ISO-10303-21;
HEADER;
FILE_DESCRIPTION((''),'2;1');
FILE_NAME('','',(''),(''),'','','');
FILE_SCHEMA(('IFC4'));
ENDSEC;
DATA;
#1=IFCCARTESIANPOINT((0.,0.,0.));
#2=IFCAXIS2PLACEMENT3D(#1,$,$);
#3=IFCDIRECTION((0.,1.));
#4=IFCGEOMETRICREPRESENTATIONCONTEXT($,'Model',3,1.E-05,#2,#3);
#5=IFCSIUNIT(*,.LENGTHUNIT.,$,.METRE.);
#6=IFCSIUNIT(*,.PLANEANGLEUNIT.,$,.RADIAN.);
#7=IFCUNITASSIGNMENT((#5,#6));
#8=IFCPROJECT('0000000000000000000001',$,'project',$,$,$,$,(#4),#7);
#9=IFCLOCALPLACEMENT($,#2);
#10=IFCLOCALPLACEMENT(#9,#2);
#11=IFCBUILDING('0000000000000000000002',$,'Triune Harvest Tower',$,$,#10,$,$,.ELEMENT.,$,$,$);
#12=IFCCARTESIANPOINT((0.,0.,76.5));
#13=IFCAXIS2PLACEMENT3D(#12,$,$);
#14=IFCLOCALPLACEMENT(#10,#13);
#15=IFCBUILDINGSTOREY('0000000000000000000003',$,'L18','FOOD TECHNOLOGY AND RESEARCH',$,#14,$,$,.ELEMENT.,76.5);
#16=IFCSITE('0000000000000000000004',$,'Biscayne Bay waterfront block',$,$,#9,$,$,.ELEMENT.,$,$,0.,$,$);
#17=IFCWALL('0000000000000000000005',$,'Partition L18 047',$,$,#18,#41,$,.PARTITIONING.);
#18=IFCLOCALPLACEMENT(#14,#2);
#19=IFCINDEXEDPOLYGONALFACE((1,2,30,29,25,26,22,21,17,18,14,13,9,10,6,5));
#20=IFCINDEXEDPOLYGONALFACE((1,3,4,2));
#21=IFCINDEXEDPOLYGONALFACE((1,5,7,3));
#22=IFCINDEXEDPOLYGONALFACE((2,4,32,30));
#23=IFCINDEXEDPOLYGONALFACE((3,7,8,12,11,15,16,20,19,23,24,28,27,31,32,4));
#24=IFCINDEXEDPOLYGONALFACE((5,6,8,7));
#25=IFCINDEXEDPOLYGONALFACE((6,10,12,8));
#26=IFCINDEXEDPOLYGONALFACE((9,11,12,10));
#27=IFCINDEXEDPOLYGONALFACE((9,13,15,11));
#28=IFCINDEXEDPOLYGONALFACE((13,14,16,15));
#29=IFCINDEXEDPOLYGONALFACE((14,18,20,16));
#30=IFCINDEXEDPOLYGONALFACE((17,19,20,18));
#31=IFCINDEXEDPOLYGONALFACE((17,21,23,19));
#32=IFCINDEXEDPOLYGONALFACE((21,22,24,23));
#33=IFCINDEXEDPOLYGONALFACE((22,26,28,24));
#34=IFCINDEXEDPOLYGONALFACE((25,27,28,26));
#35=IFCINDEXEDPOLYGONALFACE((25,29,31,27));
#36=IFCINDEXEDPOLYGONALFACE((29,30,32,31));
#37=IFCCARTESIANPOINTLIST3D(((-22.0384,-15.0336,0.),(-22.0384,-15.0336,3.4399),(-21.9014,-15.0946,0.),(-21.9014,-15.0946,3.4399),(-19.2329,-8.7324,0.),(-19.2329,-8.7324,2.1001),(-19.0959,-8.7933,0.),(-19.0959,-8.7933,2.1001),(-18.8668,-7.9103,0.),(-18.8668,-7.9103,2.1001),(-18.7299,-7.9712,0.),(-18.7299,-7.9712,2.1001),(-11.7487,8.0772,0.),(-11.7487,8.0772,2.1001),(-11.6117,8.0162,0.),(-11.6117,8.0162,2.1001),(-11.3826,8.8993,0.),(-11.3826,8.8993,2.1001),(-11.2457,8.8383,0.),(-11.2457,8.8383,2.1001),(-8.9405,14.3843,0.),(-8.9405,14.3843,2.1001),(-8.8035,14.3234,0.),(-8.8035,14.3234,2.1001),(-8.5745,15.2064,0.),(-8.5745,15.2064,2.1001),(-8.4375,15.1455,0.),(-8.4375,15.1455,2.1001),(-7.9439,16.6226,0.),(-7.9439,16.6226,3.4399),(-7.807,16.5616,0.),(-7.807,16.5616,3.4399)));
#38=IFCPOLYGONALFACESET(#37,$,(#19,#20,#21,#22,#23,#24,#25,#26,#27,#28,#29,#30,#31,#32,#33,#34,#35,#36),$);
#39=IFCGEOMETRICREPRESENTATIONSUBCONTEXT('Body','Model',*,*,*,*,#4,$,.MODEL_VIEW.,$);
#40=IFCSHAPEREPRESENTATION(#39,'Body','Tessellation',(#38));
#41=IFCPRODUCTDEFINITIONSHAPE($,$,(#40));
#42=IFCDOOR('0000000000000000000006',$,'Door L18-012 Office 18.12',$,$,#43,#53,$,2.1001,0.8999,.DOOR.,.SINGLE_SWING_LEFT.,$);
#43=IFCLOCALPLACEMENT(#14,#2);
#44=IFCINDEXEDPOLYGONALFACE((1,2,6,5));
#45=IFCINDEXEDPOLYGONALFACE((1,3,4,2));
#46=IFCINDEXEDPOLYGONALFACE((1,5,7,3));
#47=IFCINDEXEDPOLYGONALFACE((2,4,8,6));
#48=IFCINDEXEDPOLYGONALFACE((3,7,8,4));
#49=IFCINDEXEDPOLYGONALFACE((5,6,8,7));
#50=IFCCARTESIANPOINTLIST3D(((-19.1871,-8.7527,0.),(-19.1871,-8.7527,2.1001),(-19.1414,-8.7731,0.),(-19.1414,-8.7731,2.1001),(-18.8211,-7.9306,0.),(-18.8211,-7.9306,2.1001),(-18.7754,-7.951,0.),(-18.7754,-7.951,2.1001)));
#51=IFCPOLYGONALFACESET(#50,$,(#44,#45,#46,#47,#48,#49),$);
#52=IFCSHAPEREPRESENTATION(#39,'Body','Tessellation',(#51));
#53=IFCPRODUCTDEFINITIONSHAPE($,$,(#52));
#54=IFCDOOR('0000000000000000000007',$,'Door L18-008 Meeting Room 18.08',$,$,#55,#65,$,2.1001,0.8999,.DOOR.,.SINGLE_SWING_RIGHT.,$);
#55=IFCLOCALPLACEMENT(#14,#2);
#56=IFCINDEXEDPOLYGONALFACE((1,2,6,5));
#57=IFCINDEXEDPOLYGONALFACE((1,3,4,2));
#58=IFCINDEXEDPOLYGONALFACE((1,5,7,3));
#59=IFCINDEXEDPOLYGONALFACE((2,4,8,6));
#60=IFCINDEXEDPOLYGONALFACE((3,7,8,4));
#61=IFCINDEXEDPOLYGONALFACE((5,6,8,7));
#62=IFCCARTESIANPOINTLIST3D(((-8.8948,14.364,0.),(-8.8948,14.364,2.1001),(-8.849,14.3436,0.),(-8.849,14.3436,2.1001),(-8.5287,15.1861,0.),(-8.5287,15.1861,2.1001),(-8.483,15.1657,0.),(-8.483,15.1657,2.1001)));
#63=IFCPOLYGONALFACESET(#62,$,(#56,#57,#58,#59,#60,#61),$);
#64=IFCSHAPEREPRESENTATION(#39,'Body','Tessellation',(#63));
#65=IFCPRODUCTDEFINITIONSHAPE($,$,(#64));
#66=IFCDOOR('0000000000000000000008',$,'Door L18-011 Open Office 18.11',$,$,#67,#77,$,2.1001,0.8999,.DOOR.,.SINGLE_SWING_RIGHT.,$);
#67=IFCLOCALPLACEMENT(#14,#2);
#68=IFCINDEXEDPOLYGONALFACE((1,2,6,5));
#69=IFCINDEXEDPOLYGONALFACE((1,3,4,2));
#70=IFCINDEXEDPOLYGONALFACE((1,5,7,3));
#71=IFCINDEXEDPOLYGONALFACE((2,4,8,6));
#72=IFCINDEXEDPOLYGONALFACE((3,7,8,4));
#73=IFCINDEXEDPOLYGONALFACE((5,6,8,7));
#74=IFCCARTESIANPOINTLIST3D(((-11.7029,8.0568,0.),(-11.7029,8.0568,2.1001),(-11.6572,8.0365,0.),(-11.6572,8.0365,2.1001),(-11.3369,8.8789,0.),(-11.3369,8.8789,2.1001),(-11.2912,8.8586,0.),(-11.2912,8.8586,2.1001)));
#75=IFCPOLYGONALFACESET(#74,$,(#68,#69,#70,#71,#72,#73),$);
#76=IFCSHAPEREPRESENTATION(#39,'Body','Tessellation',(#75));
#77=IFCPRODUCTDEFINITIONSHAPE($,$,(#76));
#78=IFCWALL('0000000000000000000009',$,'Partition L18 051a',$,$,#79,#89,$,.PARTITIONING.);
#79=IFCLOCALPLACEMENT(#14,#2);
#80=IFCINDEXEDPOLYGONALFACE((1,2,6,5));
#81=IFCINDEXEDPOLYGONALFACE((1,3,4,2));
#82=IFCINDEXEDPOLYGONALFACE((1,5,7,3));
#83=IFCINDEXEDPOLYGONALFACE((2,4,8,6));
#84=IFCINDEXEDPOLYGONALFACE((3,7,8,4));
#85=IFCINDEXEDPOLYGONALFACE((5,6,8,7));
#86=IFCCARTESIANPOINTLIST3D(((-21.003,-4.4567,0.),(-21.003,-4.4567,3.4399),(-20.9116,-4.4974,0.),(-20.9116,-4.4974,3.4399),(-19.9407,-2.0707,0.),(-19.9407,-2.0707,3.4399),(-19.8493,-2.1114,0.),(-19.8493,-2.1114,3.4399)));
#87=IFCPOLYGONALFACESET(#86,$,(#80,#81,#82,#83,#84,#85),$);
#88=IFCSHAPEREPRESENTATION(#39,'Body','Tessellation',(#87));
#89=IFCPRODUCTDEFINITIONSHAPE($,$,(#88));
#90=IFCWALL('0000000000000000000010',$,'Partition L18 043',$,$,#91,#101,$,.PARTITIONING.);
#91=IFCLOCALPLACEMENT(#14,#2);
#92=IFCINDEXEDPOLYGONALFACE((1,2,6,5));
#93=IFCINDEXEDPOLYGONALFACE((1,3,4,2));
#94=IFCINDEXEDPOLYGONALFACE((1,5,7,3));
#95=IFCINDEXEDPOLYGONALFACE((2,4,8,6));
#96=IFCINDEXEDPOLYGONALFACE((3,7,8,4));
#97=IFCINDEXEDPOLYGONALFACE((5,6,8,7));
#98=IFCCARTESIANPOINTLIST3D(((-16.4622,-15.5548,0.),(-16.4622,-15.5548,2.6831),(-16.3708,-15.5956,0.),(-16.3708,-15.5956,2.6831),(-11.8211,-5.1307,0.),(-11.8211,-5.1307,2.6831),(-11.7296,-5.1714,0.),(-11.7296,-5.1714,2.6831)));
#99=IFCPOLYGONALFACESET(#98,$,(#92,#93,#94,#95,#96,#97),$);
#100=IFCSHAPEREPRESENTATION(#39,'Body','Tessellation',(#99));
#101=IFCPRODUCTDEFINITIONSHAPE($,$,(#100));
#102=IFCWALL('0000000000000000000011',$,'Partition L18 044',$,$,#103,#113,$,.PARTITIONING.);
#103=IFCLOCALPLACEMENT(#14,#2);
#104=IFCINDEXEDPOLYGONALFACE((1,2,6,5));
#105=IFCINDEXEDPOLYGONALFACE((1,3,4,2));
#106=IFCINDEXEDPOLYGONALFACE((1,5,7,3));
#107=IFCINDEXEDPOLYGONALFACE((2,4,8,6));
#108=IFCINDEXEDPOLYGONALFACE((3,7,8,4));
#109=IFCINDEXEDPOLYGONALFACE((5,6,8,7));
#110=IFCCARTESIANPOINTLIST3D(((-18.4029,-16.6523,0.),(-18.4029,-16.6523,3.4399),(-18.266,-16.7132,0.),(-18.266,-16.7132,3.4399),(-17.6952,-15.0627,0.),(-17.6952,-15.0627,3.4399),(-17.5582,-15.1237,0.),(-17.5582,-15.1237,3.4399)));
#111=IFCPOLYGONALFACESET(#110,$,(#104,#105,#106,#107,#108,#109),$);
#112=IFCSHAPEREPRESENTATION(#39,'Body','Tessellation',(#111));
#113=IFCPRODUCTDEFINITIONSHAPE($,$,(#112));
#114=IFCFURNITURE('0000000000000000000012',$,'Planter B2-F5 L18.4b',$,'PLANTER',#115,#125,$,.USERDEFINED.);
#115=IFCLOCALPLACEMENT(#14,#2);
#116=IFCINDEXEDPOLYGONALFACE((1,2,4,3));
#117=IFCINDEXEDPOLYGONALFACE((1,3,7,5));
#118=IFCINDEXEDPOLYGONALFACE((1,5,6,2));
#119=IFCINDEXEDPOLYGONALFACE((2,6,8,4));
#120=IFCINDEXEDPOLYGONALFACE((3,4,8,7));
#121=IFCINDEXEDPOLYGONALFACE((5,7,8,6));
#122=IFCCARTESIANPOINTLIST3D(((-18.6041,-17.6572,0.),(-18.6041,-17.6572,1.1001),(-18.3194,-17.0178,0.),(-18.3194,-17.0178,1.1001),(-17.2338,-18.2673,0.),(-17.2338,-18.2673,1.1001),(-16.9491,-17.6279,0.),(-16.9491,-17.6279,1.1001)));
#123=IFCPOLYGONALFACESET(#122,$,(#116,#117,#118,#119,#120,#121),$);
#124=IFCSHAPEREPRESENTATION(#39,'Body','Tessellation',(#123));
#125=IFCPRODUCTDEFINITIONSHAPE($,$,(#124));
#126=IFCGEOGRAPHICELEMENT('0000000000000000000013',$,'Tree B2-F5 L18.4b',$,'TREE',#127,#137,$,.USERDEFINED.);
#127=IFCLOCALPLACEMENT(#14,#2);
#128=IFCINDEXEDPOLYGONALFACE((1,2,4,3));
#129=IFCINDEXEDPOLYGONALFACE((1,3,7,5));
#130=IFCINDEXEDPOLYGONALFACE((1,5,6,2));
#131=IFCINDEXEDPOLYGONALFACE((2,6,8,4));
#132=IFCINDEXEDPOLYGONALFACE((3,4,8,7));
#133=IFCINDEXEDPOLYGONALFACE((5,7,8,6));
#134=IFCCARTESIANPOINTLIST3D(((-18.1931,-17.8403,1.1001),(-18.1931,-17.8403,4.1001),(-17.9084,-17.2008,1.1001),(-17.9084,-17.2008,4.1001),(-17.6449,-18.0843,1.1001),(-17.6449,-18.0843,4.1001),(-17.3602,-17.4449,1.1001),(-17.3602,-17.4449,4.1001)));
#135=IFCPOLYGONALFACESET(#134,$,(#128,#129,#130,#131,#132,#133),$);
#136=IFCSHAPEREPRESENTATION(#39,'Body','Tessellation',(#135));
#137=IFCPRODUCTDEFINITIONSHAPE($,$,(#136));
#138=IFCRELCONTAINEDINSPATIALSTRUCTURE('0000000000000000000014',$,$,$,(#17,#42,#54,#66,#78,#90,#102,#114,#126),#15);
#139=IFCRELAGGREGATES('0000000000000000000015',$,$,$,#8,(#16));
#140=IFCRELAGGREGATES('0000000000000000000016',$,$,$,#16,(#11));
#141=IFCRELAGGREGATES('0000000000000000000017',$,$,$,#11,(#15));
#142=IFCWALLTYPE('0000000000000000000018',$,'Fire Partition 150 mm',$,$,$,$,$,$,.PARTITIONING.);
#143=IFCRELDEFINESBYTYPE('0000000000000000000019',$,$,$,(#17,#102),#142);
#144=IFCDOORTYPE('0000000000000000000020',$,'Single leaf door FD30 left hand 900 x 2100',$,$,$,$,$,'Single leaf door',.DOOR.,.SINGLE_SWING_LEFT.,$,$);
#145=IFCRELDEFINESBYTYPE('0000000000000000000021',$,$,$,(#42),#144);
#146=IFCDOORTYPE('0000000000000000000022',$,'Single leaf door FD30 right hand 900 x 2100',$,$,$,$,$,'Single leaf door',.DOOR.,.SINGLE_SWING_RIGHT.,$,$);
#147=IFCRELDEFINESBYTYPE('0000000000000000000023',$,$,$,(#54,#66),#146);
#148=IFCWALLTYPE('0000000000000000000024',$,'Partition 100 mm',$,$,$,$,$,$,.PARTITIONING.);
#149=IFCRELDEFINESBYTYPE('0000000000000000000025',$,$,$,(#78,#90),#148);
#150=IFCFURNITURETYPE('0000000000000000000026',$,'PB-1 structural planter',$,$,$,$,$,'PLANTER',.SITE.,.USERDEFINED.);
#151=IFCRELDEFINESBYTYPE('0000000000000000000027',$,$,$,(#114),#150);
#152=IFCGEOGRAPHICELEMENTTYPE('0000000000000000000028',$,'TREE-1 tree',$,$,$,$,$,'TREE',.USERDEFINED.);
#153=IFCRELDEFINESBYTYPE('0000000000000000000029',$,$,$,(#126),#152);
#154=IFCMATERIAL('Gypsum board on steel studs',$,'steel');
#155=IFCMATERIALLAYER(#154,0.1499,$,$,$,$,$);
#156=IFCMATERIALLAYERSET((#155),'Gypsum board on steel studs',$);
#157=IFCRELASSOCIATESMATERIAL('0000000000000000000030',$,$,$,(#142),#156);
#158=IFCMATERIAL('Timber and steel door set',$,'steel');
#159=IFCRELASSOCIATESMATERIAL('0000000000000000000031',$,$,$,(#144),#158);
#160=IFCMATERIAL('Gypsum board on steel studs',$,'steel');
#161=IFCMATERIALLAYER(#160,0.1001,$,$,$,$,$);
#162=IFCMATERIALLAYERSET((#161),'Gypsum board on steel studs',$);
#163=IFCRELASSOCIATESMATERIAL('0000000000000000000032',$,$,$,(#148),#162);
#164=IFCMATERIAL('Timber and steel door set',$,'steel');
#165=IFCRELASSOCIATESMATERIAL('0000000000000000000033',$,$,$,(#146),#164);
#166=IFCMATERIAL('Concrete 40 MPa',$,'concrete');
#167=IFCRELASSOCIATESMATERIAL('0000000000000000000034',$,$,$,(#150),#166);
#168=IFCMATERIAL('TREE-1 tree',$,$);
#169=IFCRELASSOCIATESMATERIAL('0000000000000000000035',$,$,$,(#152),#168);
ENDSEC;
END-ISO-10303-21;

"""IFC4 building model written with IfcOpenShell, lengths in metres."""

from ifc_helpers import new_model, si_unit, direction, frame, frame_2d, origin, origin_2d, place, context, subcontext, project, spatial, rectangle, extrude, source, transform, mapped, material, layer, layer_set, type_object, element, fill, save


model = new_model("IFC4")

# Units and contexts
model_context = context("Model", 3, precision=1e-05, world=origin(), true_north=direction((0.0, 1.0)))
body_context = subcontext(model_context, "Body", "Model", "MODEL_VIEW")
ifc_project = project(units=[si_unit("LENGTHUNIT", "METRE"), si_unit("PLANEANGLEUNIT", "RADIAN")], contexts=[model_context])

# Site, building, storey
site_placement = place(None, origin())
site = spatial("IfcSite", under=ifc_project, at=site_placement, Name="Biscayne Bay waterfront block", CompositionType="ELEMENT", RefElevation=0.0)
building_placement = place(site_placement, origin())
building = spatial("IfcBuilding", under=site, at=building_placement, Name="Triune Harvest Tower", CompositionType="ELEMENT")
storey_placement = place(building_placement, frame((0.0, 0.0, 76.5)))
storey = spatial("IfcBuildingStorey", under=building, at=storey_placement, Name="L18", Description="FOOD TECHNOLOGY AND RESEARCH", CompositionType="ELEMENT", Elevation=76.5)

# Shared definitions
ifc_material_1 = material(Name="Gypsum board on steel studs", Category="steel")
ifc_layer_1 = layer(ifc_material_1, 0.1499)
ifc_layer_set_1 = layer_set([ifc_layer_1], Name="Gypsum board on steel studs")
wall_type_1 = type_object("IfcWallType", Name="Fire Partition 150 mm", PredefinedType="PARTITIONING", material=ifc_layer_set_1)

# Shared definitions
ifc_material_2 = material(Name="Timber and steel door set", Category="steel")
door_type_1 = type_object("IfcDoorType", Name="Single leaf door FD30 left hand 900 x 2100", ElementType="Single leaf door", OperationType="SINGLE_SWING_LEFT", PredefinedType="DOOR", material=ifc_material_2)

# Shared definitions
ifc_material_3 = material(Name="Gypsum board on steel studs", Category="steel")
ifc_layer_2 = layer(ifc_material_3, 0.1001)
ifc_layer_set_2 = layer_set([ifc_layer_2], Name="Gypsum board on steel studs")
wall_type_2 = type_object("IfcWallType", Name="Partition 100 mm", PredefinedType="PARTITIONING", material=ifc_layer_set_2)

# Wall, openings, doors
shared_shape_1 = source(origin(), body_context, "Body", "SweptSolid", [
    extrude(rectangle(XDim=34.6521, YDim=0.1499, at=frame_2d((17.3262, 0.0))), origin(), (0.0, 0.0, 1.0), 3.4399),
])
wall_1_placement = place(storey_placement, frame((-21.97, -15.0642, 0.0), z_axis=(0.0, 0.0, 1.0), x_axis=(0.406742, 0.913543, 0.0)))
wall_1 = element("IfcWall", 1, at=wall_1_placement, inside=storey, type_object=wall_type_1, Name="Partition L18 047", PredefinedType="PARTITIONING", context=body_context, shape_type="MappedRepresentation", body=[
    mapped(shared_shape_1, transform((0.0, 0.0, 0.0), scale=1.0)),
])
opening_1_placement = place(wall_1_placement, frame((32.2021, 0.0, 0.0)))
opening_1 = element("IfcOpeningElement", 2, at=opening_1_placement, cuts=wall_1, PredefinedType="OPENING", context=body_context, shape_type="SweptSolid", body=[
    extrude(rectangle(XDim=0.8999, YDim=2.1001, at=frame_2d((0.45, 1.05))), frame((0.0, 0.085, 0.0), z_axis=(0.0, -1.0, 0.0), x_axis=(1.0, 0.0, 0.0)), (0.0, 0.0, 1.0), 0.1699),
])
opening_2_placement = place(wall_1_placement, frame((25.2981, 0.0, 0.0)))
opening_2 = element("IfcOpeningElement", 3, at=opening_2_placement, cuts=wall_1, PredefinedType="OPENING", context=body_context, shape_type="SweptSolid", body=[
    extrude(rectangle(XDim=0.8999, YDim=2.1001, at=frame_2d((0.45, 1.05))), frame((0.0, 0.085, 0.0), z_axis=(0.0, -1.0, 0.0), x_axis=(1.0, 0.0, 0.0)), (0.0, 0.0, 1.0), 0.1699),
])
opening_3_placement = place(wall_1_placement, frame((6.8977, 0.0, 0.0)))
opening_3 = element("IfcOpeningElement", 4, at=opening_3_placement, cuts=wall_1, PredefinedType="OPENING", context=body_context, shape_type="SweptSolid", body=[
    extrude(rectangle(XDim=0.8999, YDim=2.1001, at=frame_2d((0.45, 1.05))), frame((0.0, 0.085, 0.0), z_axis=(0.0, -1.0, 0.0), x_axis=(1.0, 0.0, 0.0)), (0.0, 0.0, 1.0), 0.1699),
])
door_1_placement = place(opening_3_placement, origin())
door_1 = element("IfcDoor", 5, at=door_1_placement, inside=storey, type_object=door_type_1, Name="Door L18-012 Office 18.12", OperationType="SINGLE_SWING_LEFT", OverallHeight=2.1001, OverallWidth=0.8999, PredefinedType="DOOR", context=body_context, shape_type="SweptSolid", body=[
    extrude(rectangle(XDim=0.8999, YDim=2.1001, at=frame_2d((0.45, 1.05))), frame((0.0, 0.0249, 0.0), z_axis=(0.0, -1.0, 0.0), x_axis=(1.0, 0.0, 0.0)), (0.0, 0.0, 1.0), 0.05),
])
fill(opening_3, door_1)
ifc_material_4 = material(Name="Timber and steel door set", Category="steel")
door_type_2 = type_object("IfcDoorType", Name="Single leaf door FD30 right hand 900 x 2100", ElementType="Single leaf door", OperationType="SINGLE_SWING_RIGHT", PredefinedType="DOOR", material=ifc_material_4)
door_2_placement = place(opening_1_placement, origin())
door_2 = element("IfcDoor", 6, at=door_2_placement, inside=storey, type_object=door_type_2, Name="Door L18-008 Meeting Room 18.08", OperationType="SINGLE_SWING_RIGHT", OverallHeight=2.1001, OverallWidth=0.8999, PredefinedType="DOOR", context=body_context, shape_type="SweptSolid", body=[
    extrude(rectangle(XDim=0.8999, YDim=2.1001, at=frame_2d((0.45, 1.05))), frame((0.0, 0.0249, 0.0), z_axis=(0.0, -1.0, 0.0), x_axis=(1.0, 0.0, 0.0)), (0.0, 0.0, 1.0), 0.05),
])
fill(opening_1, door_2)
door_3_placement = place(opening_2_placement, origin())
door_3 = element("IfcDoor", 7, at=door_3_placement, inside=storey, type_object=door_type_2, Name="Door L18-011 Open Office 18.11", OperationType="SINGLE_SWING_RIGHT", OverallHeight=2.1001, OverallWidth=0.8999, PredefinedType="DOOR", context=body_context, shape_type="SweptSolid", body=[
    extrude(rectangle(XDim=0.8999, YDim=2.1001, at=frame_2d((0.45, 1.05))), frame((0.0, 0.0249, 0.0), z_axis=(0.0, -1.0, 0.0), x_axis=(1.0, 0.0, 0.0)), (0.0, 0.0, 1.0), 0.05),
])
fill(opening_2, door_3)

# Walls
shared_shape_2 = source(origin(), body_context, "Body", "SweptSolid", [
    extrude(rectangle(XDim=2.6118, YDim=0.1001, at=frame_2d((1.3059, 0.0))), origin(), (0.0, 0.0, 1.0), 3.4399),
])
wall_2_placement = place(storey_placement, frame((-20.9573, -4.4771, 0.0), z_axis=(0.0, 0.0, 1.0), x_axis=(0.406719, 0.913553, 0.0)))
element("IfcWall", 8, at=wall_2_placement, inside=storey, type_object=wall_type_2, Name="Partition L18 051a", PredefinedType="PARTITIONING", context=body_context, shape_type="MappedRepresentation", body=[
    mapped(shared_shape_2, transform((0.0, 0.0, 0.0), scale=1.0)),
])
shared_shape_3 = source(origin(), body_context, "Body", "SweptSolid", [
    extrude(rectangle(XDim=11.4106, YDim=0.1001, at=frame_2d((5.7053, 0.0))), origin(), (0.0, 0.0, 1.0), 2.6831),
])
wall_3_placement = place(storey_placement, frame((-16.4165, -15.5752, 0.0), z_axis=(0.0, 0.0, 1.0), x_axis=(0.406738, 0.913545, 0.0)))
element("IfcWall", 9, at=wall_3_placement, inside=storey, type_object=wall_type_2, Name="Partition L18 043", PredefinedType="PARTITIONING", context=body_context, shape_type="MappedRepresentation", body=[
    mapped(shared_shape_3, transform((0.0, 0.0, 0.0), scale=1.0)),
])
shared_shape_4 = source(origin(), body_context, "Body", "SweptSolid", [
    extrude(rectangle(XDim=1.74, YDim=0.1499, at=frame_2d((0.8701, 0.0))), origin(), (0.0, 0.0, 1.0), 3.4399),
])
wall_4_placement = place(storey_placement, frame((-18.3345, -16.6829, 0.0), z_axis=(0.0, 0.0, 1.0), x_axis=(0.40675, 0.913539, 0.0)))
element("IfcWall", 10, at=wall_4_placement, inside=storey, type_object=wall_type_1, Name="Partition L18 044", PredefinedType="PARTITIONING", context=body_context, shape_type="MappedRepresentation", body=[
    mapped(shared_shape_4, transform((0.0, 0.0, 0.0), scale=1.0)),
])

# Furniture
ifc_material_5 = material(Name="Concrete 40 MPa", Category="concrete")
furniture_type = type_object("IfcFurnitureType", Name="PB-1 structural planter", ElementType="PLANTER", AssemblyPlace="SITE", PredefinedType="USERDEFINED", material=ifc_material_5)
shared_shape_5 = source(origin(), body_context, "Body", "SweptSolid", [
    extrude(rectangle(XDim=1.5, YDim=0.7, at=origin_2d()), origin(), (0.0, 0.0, 1.0), 1.1001),
])
furniture_placement = place(storey_placement, frame((-17.7766, -17.6426, 0.0), z_axis=(0.0, 0.0, 1.0), x_axis=(0.913545, -0.406737, 0.0)))
element("IfcFurniture", 11, at=furniture_placement, inside=storey, type_object=furniture_type, Name="Planter B2-F5 L18.4b", ObjectType="PLANTER", PredefinedType="USERDEFINED", context=body_context, shape_type="MappedRepresentation", body=[
    mapped(shared_shape_5, transform((0.0, 0.0, 0.0), scale=1.0)),
])

# Geographic element
ifc_material_6 = material(Name="TREE-1 tree")
geographic_element_type = type_object("IfcGeographicElementType", Name="TREE-1 tree", ElementType="TREE", PredefinedType="USERDEFINED", material=ifc_material_6)
shared_shape_6 = source(origin(), body_context, "Body", "SweptSolid", [
    extrude(rectangle(XDim=0.6001, YDim=0.7, at=origin_2d()), origin(), (0.0, 0.0, 1.0), 3.0),
])
geographic_element_placement = place(storey_placement, frame((-17.7766, -17.6426, 1.1001), z_axis=(0.0, 0.0, 1.0), x_axis=(0.913545, -0.406737, 0.0)))
element("IfcGeographicElement", 12, at=geographic_element_placement, inside=storey, type_object=geographic_element_type, Name="Tree B2-F5 L18.4b", ObjectType="TREE", PredefinedType="USERDEFINED", context=body_context, shape_type="MappedRepresentation", body=[
    mapped(shared_shape_6, transform((0.0, 0.0, 0.0), scale=1.0)),
])

save(model, "model.ifc")
